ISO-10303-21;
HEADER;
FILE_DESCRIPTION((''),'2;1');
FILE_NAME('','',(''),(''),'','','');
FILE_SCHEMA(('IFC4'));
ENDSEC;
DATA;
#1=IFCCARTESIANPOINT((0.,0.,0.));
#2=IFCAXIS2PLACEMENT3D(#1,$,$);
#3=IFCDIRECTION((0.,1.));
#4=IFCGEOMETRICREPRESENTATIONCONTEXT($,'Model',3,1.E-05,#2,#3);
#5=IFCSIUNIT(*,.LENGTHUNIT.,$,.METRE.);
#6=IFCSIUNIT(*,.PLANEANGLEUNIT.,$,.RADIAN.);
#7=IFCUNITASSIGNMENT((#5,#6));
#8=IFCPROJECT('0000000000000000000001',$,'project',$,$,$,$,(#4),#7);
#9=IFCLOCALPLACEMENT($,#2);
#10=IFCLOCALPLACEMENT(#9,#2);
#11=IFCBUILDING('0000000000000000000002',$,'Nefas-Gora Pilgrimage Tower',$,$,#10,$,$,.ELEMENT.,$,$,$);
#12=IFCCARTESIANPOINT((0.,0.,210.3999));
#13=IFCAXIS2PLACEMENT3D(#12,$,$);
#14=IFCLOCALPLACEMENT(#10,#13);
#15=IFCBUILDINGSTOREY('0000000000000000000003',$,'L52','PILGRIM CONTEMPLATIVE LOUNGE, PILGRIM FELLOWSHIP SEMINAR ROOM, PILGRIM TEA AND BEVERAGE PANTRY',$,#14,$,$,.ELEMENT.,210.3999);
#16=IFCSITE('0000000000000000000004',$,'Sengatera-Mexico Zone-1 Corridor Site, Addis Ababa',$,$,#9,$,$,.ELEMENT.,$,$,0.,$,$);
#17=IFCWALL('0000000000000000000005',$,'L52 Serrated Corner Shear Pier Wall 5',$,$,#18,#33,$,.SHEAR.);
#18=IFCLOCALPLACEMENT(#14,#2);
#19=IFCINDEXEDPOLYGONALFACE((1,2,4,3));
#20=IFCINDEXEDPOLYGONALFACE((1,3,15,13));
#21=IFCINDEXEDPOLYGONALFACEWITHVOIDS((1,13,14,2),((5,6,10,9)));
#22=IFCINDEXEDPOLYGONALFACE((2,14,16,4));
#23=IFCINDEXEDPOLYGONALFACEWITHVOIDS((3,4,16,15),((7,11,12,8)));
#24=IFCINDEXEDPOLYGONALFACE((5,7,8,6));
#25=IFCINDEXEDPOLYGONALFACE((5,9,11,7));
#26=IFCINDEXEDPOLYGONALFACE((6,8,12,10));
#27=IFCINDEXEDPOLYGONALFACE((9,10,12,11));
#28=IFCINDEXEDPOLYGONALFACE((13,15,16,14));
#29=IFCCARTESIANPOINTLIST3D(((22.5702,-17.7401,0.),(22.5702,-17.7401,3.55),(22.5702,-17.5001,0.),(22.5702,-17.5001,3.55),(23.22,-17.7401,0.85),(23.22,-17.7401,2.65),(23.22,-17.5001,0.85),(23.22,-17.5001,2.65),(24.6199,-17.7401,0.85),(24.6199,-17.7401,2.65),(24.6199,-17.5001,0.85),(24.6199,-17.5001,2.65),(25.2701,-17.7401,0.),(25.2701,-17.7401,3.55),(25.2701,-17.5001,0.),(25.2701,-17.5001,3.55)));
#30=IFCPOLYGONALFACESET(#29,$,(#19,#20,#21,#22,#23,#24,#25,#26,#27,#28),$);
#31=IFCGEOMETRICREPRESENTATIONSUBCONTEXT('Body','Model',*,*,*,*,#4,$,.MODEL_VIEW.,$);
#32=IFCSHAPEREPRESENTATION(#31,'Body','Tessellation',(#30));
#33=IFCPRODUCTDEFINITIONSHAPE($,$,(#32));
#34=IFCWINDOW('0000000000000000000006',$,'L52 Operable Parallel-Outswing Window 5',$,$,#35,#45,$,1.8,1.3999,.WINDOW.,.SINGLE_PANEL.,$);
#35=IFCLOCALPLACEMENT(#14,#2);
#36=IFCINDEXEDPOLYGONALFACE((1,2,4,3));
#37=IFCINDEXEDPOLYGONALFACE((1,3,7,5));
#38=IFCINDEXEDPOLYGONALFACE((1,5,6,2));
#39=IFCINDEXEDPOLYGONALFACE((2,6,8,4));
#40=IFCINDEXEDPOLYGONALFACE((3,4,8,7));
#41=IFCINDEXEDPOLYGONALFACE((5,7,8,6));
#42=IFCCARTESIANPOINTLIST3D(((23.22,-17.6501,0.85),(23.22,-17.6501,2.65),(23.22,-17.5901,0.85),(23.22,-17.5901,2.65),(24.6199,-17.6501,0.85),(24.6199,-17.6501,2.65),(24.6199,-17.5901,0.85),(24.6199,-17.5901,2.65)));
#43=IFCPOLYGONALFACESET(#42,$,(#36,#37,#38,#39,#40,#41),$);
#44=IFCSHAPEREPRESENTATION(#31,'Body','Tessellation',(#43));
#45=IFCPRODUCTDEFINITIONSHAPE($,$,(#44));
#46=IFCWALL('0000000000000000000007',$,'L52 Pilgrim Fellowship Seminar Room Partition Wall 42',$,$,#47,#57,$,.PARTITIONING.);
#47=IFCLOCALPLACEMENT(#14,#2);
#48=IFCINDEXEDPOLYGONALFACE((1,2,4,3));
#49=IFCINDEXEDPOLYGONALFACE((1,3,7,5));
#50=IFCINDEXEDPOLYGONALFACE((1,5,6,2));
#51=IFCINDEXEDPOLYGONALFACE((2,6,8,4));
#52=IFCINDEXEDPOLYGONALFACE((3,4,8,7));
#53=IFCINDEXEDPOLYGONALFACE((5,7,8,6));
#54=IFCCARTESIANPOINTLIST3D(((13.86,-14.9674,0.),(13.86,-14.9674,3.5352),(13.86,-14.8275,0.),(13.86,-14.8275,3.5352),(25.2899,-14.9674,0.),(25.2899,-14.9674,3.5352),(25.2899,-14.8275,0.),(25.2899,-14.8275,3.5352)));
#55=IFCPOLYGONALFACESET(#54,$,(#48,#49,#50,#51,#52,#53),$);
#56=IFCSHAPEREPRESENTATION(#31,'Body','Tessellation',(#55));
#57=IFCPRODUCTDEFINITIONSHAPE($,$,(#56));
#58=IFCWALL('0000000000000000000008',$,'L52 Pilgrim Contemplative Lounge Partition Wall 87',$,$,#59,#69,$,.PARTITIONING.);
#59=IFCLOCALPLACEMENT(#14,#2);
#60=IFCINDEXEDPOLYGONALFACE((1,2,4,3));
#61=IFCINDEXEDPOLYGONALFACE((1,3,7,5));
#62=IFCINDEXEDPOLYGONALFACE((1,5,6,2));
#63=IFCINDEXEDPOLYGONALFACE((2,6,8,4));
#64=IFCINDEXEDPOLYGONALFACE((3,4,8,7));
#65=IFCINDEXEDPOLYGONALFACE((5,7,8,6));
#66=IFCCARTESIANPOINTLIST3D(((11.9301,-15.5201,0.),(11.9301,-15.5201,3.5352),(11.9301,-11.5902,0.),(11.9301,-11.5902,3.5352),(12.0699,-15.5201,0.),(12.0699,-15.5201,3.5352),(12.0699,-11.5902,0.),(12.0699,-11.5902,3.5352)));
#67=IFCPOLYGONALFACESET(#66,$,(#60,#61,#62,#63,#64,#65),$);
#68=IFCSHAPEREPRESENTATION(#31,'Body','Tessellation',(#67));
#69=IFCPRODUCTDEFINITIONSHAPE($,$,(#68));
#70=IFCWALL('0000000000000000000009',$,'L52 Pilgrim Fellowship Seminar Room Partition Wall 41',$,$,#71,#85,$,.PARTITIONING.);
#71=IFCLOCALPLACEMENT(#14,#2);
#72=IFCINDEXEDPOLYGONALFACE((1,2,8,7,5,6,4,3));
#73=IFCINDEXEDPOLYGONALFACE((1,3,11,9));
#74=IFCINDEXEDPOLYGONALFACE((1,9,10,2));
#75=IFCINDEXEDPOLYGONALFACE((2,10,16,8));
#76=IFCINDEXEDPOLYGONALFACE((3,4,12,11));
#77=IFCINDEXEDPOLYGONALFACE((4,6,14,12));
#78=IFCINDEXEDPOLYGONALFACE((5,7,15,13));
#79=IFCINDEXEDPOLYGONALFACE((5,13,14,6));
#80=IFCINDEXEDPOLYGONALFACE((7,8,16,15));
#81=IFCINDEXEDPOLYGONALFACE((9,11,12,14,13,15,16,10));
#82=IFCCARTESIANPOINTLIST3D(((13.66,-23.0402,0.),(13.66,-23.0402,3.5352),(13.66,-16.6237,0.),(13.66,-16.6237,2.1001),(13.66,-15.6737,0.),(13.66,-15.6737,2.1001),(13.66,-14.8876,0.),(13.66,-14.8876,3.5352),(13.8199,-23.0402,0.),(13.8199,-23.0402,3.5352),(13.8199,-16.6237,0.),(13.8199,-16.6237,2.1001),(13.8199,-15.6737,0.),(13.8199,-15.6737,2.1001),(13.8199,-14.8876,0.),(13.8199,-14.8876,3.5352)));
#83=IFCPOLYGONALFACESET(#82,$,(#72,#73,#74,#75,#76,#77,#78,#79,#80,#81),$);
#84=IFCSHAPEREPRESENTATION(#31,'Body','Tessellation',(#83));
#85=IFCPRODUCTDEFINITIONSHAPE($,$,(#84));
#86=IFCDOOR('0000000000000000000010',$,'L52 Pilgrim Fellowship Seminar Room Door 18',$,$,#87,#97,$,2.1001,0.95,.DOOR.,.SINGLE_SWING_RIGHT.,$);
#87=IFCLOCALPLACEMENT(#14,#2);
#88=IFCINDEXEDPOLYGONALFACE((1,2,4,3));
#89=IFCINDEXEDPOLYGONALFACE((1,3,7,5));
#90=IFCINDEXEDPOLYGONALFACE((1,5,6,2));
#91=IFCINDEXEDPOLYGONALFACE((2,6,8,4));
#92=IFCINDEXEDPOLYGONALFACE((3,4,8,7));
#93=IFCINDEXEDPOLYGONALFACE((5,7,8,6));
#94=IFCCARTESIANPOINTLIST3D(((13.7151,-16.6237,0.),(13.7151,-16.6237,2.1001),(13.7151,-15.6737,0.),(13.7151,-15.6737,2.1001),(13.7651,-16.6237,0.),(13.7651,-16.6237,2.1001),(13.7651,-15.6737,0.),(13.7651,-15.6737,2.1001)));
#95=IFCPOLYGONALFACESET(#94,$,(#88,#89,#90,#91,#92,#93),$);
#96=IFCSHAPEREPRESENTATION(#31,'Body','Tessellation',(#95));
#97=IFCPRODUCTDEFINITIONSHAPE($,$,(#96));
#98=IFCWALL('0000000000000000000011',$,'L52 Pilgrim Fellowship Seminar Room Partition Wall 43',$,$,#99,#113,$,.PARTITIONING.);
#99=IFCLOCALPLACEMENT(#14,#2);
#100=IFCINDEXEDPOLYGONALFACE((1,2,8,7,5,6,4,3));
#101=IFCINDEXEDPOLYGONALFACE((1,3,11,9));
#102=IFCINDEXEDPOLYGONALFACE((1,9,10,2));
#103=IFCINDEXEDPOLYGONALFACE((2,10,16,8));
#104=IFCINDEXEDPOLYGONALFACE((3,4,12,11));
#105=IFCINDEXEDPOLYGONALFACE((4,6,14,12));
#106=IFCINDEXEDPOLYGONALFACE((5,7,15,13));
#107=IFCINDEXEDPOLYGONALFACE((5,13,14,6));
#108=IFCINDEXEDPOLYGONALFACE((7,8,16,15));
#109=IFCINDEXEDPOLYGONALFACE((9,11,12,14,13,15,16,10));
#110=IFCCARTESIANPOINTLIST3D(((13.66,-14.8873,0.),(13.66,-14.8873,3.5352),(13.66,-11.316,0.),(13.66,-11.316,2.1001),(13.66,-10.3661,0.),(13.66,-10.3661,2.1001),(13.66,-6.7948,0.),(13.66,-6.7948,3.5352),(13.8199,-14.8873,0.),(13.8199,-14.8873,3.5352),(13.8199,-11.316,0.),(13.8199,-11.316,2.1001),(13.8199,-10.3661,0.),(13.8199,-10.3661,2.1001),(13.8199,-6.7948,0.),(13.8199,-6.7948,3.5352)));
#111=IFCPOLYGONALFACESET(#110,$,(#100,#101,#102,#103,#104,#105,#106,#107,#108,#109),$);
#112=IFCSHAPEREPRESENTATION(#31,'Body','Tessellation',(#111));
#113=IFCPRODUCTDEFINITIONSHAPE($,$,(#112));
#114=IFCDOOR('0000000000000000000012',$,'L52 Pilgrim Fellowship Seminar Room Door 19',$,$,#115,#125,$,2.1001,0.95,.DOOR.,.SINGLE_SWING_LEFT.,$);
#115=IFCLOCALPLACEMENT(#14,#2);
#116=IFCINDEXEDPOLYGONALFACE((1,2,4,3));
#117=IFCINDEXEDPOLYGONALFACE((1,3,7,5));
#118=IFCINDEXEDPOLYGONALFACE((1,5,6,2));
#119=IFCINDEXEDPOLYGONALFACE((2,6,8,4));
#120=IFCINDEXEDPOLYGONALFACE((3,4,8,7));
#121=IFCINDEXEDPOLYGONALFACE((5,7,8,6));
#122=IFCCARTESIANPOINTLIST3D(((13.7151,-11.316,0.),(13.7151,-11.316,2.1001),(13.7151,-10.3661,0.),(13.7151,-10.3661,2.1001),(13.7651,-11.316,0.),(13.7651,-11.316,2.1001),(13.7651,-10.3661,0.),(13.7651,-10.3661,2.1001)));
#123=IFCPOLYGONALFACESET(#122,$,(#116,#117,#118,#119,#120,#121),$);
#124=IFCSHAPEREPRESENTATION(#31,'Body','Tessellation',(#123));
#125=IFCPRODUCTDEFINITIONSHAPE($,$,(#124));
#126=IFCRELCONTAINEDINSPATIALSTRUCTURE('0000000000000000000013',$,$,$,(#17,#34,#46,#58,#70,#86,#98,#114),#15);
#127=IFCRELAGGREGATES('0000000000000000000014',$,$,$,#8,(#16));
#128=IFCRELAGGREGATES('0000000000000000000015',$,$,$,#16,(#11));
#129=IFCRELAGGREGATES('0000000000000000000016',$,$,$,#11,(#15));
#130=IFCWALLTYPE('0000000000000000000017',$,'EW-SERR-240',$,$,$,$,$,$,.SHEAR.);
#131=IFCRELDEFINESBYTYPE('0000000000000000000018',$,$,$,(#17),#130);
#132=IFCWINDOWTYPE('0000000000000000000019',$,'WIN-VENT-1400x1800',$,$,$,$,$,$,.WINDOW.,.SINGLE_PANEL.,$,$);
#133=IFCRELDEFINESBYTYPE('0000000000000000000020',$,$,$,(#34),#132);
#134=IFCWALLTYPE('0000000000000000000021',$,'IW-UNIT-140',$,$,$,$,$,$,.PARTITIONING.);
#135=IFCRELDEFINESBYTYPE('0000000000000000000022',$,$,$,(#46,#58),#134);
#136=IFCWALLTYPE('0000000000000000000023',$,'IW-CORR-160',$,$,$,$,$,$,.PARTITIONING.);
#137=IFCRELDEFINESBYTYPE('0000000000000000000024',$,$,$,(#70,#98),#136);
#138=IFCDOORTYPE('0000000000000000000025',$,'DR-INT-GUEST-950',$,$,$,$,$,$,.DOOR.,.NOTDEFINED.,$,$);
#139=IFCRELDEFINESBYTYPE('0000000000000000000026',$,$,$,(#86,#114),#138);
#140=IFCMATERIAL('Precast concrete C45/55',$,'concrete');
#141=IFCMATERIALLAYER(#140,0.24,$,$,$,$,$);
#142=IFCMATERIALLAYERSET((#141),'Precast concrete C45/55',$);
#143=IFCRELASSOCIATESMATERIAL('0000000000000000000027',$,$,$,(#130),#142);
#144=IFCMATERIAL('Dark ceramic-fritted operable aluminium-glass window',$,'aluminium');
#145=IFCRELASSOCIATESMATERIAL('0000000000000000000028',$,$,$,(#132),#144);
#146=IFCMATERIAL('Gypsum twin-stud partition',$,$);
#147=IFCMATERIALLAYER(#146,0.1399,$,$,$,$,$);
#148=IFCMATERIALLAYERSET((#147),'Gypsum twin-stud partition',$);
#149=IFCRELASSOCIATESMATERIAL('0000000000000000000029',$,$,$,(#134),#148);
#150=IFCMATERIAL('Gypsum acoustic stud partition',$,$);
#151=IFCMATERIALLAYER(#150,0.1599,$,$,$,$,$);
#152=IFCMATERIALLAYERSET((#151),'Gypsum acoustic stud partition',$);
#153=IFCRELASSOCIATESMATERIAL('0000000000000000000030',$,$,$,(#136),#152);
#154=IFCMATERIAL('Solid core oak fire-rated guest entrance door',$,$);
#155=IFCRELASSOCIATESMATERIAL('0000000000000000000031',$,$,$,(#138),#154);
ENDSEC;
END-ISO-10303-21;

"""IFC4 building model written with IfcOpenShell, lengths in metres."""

from ifc_helpers import new_model, si_unit, direction, frame, frame_2d, origin, place, context, subcontext, project, spatial, rectangle, extrude, source, transform, mapped, material, layer, layer_set, type_object, element, fill, save


model = new_model("IFC4")

# Units and contexts
model_context = context("Model", 3, precision=1e-05, world=origin(), true_north=direction((0.0, 1.0)))
body_context = subcontext(model_context, "Body", "Model", "MODEL_VIEW")
ifc_project = project(units=[si_unit("LENGTHUNIT", "METRE"), si_unit("PLANEANGLEUNIT", "RADIAN")], contexts=[model_context])

# Site, building, storey
site_placement = place(None, origin())
site = spatial("IfcSite", under=ifc_project, at=site_placement, Name="Sengatera-Mexico Zone-1 Corridor Site, Addis Ababa", CompositionType="ELEMENT", RefElevation=0.0)
building_placement = place(site_placement, origin())
building = spatial("IfcBuilding", under=site, at=building_placement, Name="Nefas-Gora Pilgrimage Tower", CompositionType="ELEMENT")
storey_placement = place(building_placement, frame((0.0, 0.0, 210.3999)))
storey = spatial("IfcBuildingStorey", under=building, at=storey_placement, Name="L52", Description="PILGRIM CONTEMPLATIVE LOUNGE, PILGRIM FELLOWSHIP SEMINAR ROOM, PILGRIM TEA AND BEVERAGE PANTRY", CompositionType="ELEMENT", Elevation=210.3999)

# Shared definitions
ifc_material_1 = material(Name="Precast concrete C45/55", Category="concrete")
ifc_layer_1 = layer(ifc_material_1, 0.24)
ifc_layer_set_1 = layer_set([ifc_layer_1], Name="Precast concrete C45/55")
wall_type_1 = type_object("IfcWallType", Name="EW-SERR-240", PredefinedType="SHEAR", material=ifc_layer_set_1)
shared_shape_1 = source(origin(), body_context, "Body", "SweptSolid", [
    extrude(rectangle(XDim=2.7, YDim=0.24, at=frame_2d((1.3501, 0.0))), origin(), (0.0, 0.0, 1.0), 3.55),
])

# Wall, opening, window
wall_1_placement = place(storey_placement, frame((22.5701, -17.6201, 0.0), z_axis=(0.0, 0.0, 1.0), x_axis=(1.0, 0.0, 0.0)))
wall_1 = element("IfcWall", 1, at=wall_1_placement, inside=storey, type_object=wall_type_1, Name="L52 Serrated Corner Shear Pier Wall 5", PredefinedType="SHEAR", context=body_context, shape_type="MappedRepresentation", body=[
    mapped(shared_shape_1, transform((0.0, 0.0, 0.0), x_axis=(1.0, 0.0, 0.0), y_axis=(0.0, 1.0, 0.0), z_axis=(0.0, 0.0, 1.0), scale=1.0)),
])
opening_1_placement = place(wall_1_placement, frame((0.6499, 0.0, 0.8501)))
opening_1 = element("IfcOpeningElement", 2, at=opening_1_placement, cuts=wall_1, PredefinedType="OPENING", context=body_context, shape_type="SweptSolid", body=[
    extrude(rectangle(XDim=1.3999, YDim=1.8, at=frame_2d((0.7, 0.8999))), frame((0.0, 0.1299, 0.0), z_axis=(0.0, -1.0, 0.0), x_axis=(1.0, 0.0, 0.0)), (0.0, 0.0, 1.0), 0.26),
])
ifc_material_2 = material(Name="Dark ceramic-fritted operable aluminium-glass window", Category="aluminium")
window_type = type_object("IfcWindowType", Name="WIN-VENT-1400x1800", PartitioningType="SINGLE_PANEL", PredefinedType="WINDOW", material=ifc_material_2)
shared_shape_2 = source(origin(), body_context, "Body", "SweptSolid", [
    extrude(rectangle(XDim=1.3999, YDim=1.8, at=frame_2d((0.7, 0.8999))), frame((0.0, 0.03, 0.0), z_axis=(0.0, -1.0, 0.0), x_axis=(1.0, 0.0, 0.0)), (0.0, 0.0, 1.0), 0.0601),
])
window_placement = place(opening_1_placement, origin())
window = element("IfcWindow", 3, at=window_placement, inside=storey, type_object=window_type, Name="L52 Operable Parallel-Outswing Window 5", OverallHeight=1.8, OverallWidth=1.3999, PartitioningType="SINGLE_PANEL", PredefinedType="WINDOW", context=body_context, shape_type="MappedRepresentation", body=[
    mapped(shared_shape_2, transform((0.0, 0.0, 0.0), x_axis=(1.0, 0.0, 0.0), y_axis=(0.0, 1.0, 0.0), z_axis=(0.0, 0.0, 1.0), scale=1.0)),
])
fill(opening_1, window)

# Walls
ifc_material_3 = material(Name="Gypsum twin-stud partition")
ifc_layer_2 = layer(ifc_material_3, 0.1399)
ifc_layer_set_2 = layer_set([ifc_layer_2], Name="Gypsum twin-stud partition")
wall_type_2 = type_object("IfcWallType", Name="IW-UNIT-140", PredefinedType="PARTITIONING", material=ifc_layer_set_2)
shared_shape_3 = source(origin(), body_context, "Body", "SweptSolid", [
    extrude(rectangle(XDim=11.4299, YDim=0.1399, at=frame_2d((5.7148, 0.0))), origin(), (0.0, 0.0, 1.0), 3.5352),
])
wall_2_placement = place(storey_placement, frame((13.8601, -14.8975, 0.0), z_axis=(0.0, 0.0, 1.0), x_axis=(1.0, 0.0, 0.0)))
element("IfcWall", 4, at=wall_2_placement, inside=storey, type_object=wall_type_2, Name="L52 Pilgrim Fellowship Seminar Room Partition Wall 42", PredefinedType="PARTITIONING", context=body_context, shape_type="MappedRepresentation", body=[
    mapped(shared_shape_3, transform((0.0, 0.0, 0.0), x_axis=(1.0, 0.0, 0.0), y_axis=(0.0, 1.0, 0.0), z_axis=(0.0, 0.0, 1.0), scale=1.0)),
])
shared_shape_4 = source(origin(), body_context, "Body", "SweptSolid", [
    extrude(rectangle(XDim=3.9299, YDim=0.1399, at=frame_2d((1.9648, 0.0))), origin(), (0.0, 0.0, 1.0), 3.5352),
])
wall_3_placement = place(storey_placement, frame((12.0, -15.52, 0.0), z_axis=(0.0, 0.0, 1.0), x_axis=(0.0, 1.0, 0.0)))
element("IfcWall", 5, at=wall_3_placement, inside=storey, type_object=wall_type_2, Name="L52 Pilgrim Contemplative Lounge Partition Wall 87", PredefinedType="PARTITIONING", context=body_context, shape_type="MappedRepresentation", body=[
    mapped(shared_shape_4, transform((0.0, 0.0, 0.0), x_axis=(1.0, 0.0, 0.0), y_axis=(0.0, 1.0, 0.0), z_axis=(0.0, 0.0, 1.0), scale=1.0)),
])

# Walls, openings, doors
ifc_material_4 = material(Name="Gypsum acoustic stud partition")
ifc_layer_3 = layer(ifc_material_4, 0.1599)
ifc_layer_set_3 = layer_set([ifc_layer_3], Name="Gypsum acoustic stud partition")
wall_type_3 = type_object("IfcWallType", Name="IW-CORR-160", PredefinedType="PARTITIONING", material=ifc_layer_set_3)
shared_shape_5 = source(origin(), body_context, "Body", "SweptSolid", [
    extrude(rectangle(XDim=8.1526, YDim=0.1599, at=frame_2d((4.0762, 0.0))), origin(), (0.0, 0.0, 1.0), 3.5352),
])
wall_4_placement = place(storey_placement, frame((13.74, -23.04, 0.0), z_axis=(0.0, 0.0, 1.0), x_axis=(0.0, 1.0, 0.0)))
wall_4 = element("IfcWall", 6, at=wall_4_placement, inside=storey, type_object=wall_type_3, Name="L52 Pilgrim Fellowship Seminar Room Partition Wall 41", PredefinedType="PARTITIONING", context=body_context, shape_type="MappedRepresentation", body=[
    mapped(shared_shape_5, transform((0.0, 0.0, 0.0), x_axis=(1.0, 0.0, 0.0), y_axis=(0.0, 1.0, 0.0), z_axis=(0.0, 0.0, 1.0), scale=1.0)),
])
opening_2_placement = place(wall_4_placement, frame((6.4163, 0.0, 0.0)))
opening_2 = element("IfcOpeningElement", 7, at=opening_2_placement, cuts=wall_4, PredefinedType="OPENING", context=body_context, shape_type="SweptSolid", body=[
    extrude(rectangle(XDim=0.95, YDim=2.1001, at=frame_2d((0.4751, 1.05))), frame((0.0, 0.0898, 0.0), z_axis=(0.0, -1.0, 0.0), x_axis=(1.0, 0.0, 0.0)), (0.0, 0.0, 1.0), 0.1799),
])
ifc_material_5 = material(Name="Solid core oak fire-rated guest entrance door")
door_type = type_object("IfcDoorType", Name="DR-INT-GUEST-950", OperationType="NOTDEFINED", PredefinedType="DOOR", material=ifc_material_5)
shared_shape_6 = source(origin(), body_context, "Body", "SweptSolid", [
    extrude(rectangle(XDim=0.95, YDim=2.1001, at=frame_2d((0.4751, 1.05))), frame((0.0, 0.0249, 0.0), z_axis=(0.0, -1.0, 0.0), x_axis=(1.0, 0.0, 0.0)), (0.0, 0.0, 1.0), 0.05),
])
door_1_placement = place(opening_2_placement, origin())
door_1 = element("IfcDoor", 8, at=door_1_placement, inside=storey, type_object=door_type, Name="L52 Pilgrim Fellowship Seminar Room Door 18", OperationType="SINGLE_SWING_RIGHT", OverallHeight=2.1001, OverallWidth=0.95, PredefinedType="DOOR", context=body_context, shape_type="MappedRepresentation", body=[
    mapped(shared_shape_6, transform((0.0, 0.0, 0.0), x_axis=(1.0, 0.0, 0.0), y_axis=(0.0, 1.0, 0.0), z_axis=(0.0, 0.0, 1.0), scale=1.0)),
])
fill(opening_2, door_1)
shared_shape_7 = source(origin(), body_context, "Body", "SweptSolid", [
    extrude(rectangle(XDim=8.0925, YDim=0.1599, at=frame_2d((4.0464, 0.0))), origin(), (0.0, 0.0, 1.0), 3.5352),
])
wall_5_placement = place(storey_placement, frame((13.74, -14.8875, 0.0), z_axis=(0.0, 0.0, 1.0), x_axis=(0.0, 1.0, 0.0)))
wall_5 = element("IfcWall", 9, at=wall_5_placement, inside=storey, type_object=wall_type_3, Name="L52 Pilgrim Fellowship Seminar Room Partition Wall 43", PredefinedType="PARTITIONING", context=body_context, shape_type="MappedRepresentation", body=[
    mapped(shared_shape_7, transform((0.0, 0.0, 0.0), x_axis=(1.0, 0.0, 0.0), y_axis=(0.0, 1.0, 0.0), z_axis=(0.0, 0.0, 1.0), scale=1.0)),
])
opening_3_placement = place(wall_5_placement, frame((3.5713, 0.0, 0.0)))
opening_3 = element("IfcOpeningElement", 10, at=opening_3_placement, cuts=wall_5, PredefinedType="OPENING", context=body_context, shape_type="SweptSolid", body=[
    extrude(rectangle(XDim=0.95, YDim=2.1001, at=frame_2d((0.4751, 1.05))), frame((0.0, 0.0898, 0.0), z_axis=(0.0, -1.0, 0.0), x_axis=(1.0, 0.0, 0.0)), (0.0, 0.0, 1.0), 0.1799),
])
door_2_placement = place(opening_3_placement, origin())
door_2 = element("IfcDoor", 11, at=door_2_placement, inside=storey, type_object=door_type, Name="L52 Pilgrim Fellowship Seminar Room Door 19", OperationType="SINGLE_SWING_LEFT", OverallHeight=2.1001, OverallWidth=0.95, PredefinedType="DOOR", context=body_context, shape_type="MappedRepresentation", body=[
    mapped(shared_shape_6, transform((0.0, 0.0, 0.0), x_axis=(1.0, 0.0, 0.0), y_axis=(0.0, 1.0, 0.0), z_axis=(0.0, 0.0, 1.0), scale=1.0)),
])
fill(opening_3, door_2)

save(model, "model.ifc")
